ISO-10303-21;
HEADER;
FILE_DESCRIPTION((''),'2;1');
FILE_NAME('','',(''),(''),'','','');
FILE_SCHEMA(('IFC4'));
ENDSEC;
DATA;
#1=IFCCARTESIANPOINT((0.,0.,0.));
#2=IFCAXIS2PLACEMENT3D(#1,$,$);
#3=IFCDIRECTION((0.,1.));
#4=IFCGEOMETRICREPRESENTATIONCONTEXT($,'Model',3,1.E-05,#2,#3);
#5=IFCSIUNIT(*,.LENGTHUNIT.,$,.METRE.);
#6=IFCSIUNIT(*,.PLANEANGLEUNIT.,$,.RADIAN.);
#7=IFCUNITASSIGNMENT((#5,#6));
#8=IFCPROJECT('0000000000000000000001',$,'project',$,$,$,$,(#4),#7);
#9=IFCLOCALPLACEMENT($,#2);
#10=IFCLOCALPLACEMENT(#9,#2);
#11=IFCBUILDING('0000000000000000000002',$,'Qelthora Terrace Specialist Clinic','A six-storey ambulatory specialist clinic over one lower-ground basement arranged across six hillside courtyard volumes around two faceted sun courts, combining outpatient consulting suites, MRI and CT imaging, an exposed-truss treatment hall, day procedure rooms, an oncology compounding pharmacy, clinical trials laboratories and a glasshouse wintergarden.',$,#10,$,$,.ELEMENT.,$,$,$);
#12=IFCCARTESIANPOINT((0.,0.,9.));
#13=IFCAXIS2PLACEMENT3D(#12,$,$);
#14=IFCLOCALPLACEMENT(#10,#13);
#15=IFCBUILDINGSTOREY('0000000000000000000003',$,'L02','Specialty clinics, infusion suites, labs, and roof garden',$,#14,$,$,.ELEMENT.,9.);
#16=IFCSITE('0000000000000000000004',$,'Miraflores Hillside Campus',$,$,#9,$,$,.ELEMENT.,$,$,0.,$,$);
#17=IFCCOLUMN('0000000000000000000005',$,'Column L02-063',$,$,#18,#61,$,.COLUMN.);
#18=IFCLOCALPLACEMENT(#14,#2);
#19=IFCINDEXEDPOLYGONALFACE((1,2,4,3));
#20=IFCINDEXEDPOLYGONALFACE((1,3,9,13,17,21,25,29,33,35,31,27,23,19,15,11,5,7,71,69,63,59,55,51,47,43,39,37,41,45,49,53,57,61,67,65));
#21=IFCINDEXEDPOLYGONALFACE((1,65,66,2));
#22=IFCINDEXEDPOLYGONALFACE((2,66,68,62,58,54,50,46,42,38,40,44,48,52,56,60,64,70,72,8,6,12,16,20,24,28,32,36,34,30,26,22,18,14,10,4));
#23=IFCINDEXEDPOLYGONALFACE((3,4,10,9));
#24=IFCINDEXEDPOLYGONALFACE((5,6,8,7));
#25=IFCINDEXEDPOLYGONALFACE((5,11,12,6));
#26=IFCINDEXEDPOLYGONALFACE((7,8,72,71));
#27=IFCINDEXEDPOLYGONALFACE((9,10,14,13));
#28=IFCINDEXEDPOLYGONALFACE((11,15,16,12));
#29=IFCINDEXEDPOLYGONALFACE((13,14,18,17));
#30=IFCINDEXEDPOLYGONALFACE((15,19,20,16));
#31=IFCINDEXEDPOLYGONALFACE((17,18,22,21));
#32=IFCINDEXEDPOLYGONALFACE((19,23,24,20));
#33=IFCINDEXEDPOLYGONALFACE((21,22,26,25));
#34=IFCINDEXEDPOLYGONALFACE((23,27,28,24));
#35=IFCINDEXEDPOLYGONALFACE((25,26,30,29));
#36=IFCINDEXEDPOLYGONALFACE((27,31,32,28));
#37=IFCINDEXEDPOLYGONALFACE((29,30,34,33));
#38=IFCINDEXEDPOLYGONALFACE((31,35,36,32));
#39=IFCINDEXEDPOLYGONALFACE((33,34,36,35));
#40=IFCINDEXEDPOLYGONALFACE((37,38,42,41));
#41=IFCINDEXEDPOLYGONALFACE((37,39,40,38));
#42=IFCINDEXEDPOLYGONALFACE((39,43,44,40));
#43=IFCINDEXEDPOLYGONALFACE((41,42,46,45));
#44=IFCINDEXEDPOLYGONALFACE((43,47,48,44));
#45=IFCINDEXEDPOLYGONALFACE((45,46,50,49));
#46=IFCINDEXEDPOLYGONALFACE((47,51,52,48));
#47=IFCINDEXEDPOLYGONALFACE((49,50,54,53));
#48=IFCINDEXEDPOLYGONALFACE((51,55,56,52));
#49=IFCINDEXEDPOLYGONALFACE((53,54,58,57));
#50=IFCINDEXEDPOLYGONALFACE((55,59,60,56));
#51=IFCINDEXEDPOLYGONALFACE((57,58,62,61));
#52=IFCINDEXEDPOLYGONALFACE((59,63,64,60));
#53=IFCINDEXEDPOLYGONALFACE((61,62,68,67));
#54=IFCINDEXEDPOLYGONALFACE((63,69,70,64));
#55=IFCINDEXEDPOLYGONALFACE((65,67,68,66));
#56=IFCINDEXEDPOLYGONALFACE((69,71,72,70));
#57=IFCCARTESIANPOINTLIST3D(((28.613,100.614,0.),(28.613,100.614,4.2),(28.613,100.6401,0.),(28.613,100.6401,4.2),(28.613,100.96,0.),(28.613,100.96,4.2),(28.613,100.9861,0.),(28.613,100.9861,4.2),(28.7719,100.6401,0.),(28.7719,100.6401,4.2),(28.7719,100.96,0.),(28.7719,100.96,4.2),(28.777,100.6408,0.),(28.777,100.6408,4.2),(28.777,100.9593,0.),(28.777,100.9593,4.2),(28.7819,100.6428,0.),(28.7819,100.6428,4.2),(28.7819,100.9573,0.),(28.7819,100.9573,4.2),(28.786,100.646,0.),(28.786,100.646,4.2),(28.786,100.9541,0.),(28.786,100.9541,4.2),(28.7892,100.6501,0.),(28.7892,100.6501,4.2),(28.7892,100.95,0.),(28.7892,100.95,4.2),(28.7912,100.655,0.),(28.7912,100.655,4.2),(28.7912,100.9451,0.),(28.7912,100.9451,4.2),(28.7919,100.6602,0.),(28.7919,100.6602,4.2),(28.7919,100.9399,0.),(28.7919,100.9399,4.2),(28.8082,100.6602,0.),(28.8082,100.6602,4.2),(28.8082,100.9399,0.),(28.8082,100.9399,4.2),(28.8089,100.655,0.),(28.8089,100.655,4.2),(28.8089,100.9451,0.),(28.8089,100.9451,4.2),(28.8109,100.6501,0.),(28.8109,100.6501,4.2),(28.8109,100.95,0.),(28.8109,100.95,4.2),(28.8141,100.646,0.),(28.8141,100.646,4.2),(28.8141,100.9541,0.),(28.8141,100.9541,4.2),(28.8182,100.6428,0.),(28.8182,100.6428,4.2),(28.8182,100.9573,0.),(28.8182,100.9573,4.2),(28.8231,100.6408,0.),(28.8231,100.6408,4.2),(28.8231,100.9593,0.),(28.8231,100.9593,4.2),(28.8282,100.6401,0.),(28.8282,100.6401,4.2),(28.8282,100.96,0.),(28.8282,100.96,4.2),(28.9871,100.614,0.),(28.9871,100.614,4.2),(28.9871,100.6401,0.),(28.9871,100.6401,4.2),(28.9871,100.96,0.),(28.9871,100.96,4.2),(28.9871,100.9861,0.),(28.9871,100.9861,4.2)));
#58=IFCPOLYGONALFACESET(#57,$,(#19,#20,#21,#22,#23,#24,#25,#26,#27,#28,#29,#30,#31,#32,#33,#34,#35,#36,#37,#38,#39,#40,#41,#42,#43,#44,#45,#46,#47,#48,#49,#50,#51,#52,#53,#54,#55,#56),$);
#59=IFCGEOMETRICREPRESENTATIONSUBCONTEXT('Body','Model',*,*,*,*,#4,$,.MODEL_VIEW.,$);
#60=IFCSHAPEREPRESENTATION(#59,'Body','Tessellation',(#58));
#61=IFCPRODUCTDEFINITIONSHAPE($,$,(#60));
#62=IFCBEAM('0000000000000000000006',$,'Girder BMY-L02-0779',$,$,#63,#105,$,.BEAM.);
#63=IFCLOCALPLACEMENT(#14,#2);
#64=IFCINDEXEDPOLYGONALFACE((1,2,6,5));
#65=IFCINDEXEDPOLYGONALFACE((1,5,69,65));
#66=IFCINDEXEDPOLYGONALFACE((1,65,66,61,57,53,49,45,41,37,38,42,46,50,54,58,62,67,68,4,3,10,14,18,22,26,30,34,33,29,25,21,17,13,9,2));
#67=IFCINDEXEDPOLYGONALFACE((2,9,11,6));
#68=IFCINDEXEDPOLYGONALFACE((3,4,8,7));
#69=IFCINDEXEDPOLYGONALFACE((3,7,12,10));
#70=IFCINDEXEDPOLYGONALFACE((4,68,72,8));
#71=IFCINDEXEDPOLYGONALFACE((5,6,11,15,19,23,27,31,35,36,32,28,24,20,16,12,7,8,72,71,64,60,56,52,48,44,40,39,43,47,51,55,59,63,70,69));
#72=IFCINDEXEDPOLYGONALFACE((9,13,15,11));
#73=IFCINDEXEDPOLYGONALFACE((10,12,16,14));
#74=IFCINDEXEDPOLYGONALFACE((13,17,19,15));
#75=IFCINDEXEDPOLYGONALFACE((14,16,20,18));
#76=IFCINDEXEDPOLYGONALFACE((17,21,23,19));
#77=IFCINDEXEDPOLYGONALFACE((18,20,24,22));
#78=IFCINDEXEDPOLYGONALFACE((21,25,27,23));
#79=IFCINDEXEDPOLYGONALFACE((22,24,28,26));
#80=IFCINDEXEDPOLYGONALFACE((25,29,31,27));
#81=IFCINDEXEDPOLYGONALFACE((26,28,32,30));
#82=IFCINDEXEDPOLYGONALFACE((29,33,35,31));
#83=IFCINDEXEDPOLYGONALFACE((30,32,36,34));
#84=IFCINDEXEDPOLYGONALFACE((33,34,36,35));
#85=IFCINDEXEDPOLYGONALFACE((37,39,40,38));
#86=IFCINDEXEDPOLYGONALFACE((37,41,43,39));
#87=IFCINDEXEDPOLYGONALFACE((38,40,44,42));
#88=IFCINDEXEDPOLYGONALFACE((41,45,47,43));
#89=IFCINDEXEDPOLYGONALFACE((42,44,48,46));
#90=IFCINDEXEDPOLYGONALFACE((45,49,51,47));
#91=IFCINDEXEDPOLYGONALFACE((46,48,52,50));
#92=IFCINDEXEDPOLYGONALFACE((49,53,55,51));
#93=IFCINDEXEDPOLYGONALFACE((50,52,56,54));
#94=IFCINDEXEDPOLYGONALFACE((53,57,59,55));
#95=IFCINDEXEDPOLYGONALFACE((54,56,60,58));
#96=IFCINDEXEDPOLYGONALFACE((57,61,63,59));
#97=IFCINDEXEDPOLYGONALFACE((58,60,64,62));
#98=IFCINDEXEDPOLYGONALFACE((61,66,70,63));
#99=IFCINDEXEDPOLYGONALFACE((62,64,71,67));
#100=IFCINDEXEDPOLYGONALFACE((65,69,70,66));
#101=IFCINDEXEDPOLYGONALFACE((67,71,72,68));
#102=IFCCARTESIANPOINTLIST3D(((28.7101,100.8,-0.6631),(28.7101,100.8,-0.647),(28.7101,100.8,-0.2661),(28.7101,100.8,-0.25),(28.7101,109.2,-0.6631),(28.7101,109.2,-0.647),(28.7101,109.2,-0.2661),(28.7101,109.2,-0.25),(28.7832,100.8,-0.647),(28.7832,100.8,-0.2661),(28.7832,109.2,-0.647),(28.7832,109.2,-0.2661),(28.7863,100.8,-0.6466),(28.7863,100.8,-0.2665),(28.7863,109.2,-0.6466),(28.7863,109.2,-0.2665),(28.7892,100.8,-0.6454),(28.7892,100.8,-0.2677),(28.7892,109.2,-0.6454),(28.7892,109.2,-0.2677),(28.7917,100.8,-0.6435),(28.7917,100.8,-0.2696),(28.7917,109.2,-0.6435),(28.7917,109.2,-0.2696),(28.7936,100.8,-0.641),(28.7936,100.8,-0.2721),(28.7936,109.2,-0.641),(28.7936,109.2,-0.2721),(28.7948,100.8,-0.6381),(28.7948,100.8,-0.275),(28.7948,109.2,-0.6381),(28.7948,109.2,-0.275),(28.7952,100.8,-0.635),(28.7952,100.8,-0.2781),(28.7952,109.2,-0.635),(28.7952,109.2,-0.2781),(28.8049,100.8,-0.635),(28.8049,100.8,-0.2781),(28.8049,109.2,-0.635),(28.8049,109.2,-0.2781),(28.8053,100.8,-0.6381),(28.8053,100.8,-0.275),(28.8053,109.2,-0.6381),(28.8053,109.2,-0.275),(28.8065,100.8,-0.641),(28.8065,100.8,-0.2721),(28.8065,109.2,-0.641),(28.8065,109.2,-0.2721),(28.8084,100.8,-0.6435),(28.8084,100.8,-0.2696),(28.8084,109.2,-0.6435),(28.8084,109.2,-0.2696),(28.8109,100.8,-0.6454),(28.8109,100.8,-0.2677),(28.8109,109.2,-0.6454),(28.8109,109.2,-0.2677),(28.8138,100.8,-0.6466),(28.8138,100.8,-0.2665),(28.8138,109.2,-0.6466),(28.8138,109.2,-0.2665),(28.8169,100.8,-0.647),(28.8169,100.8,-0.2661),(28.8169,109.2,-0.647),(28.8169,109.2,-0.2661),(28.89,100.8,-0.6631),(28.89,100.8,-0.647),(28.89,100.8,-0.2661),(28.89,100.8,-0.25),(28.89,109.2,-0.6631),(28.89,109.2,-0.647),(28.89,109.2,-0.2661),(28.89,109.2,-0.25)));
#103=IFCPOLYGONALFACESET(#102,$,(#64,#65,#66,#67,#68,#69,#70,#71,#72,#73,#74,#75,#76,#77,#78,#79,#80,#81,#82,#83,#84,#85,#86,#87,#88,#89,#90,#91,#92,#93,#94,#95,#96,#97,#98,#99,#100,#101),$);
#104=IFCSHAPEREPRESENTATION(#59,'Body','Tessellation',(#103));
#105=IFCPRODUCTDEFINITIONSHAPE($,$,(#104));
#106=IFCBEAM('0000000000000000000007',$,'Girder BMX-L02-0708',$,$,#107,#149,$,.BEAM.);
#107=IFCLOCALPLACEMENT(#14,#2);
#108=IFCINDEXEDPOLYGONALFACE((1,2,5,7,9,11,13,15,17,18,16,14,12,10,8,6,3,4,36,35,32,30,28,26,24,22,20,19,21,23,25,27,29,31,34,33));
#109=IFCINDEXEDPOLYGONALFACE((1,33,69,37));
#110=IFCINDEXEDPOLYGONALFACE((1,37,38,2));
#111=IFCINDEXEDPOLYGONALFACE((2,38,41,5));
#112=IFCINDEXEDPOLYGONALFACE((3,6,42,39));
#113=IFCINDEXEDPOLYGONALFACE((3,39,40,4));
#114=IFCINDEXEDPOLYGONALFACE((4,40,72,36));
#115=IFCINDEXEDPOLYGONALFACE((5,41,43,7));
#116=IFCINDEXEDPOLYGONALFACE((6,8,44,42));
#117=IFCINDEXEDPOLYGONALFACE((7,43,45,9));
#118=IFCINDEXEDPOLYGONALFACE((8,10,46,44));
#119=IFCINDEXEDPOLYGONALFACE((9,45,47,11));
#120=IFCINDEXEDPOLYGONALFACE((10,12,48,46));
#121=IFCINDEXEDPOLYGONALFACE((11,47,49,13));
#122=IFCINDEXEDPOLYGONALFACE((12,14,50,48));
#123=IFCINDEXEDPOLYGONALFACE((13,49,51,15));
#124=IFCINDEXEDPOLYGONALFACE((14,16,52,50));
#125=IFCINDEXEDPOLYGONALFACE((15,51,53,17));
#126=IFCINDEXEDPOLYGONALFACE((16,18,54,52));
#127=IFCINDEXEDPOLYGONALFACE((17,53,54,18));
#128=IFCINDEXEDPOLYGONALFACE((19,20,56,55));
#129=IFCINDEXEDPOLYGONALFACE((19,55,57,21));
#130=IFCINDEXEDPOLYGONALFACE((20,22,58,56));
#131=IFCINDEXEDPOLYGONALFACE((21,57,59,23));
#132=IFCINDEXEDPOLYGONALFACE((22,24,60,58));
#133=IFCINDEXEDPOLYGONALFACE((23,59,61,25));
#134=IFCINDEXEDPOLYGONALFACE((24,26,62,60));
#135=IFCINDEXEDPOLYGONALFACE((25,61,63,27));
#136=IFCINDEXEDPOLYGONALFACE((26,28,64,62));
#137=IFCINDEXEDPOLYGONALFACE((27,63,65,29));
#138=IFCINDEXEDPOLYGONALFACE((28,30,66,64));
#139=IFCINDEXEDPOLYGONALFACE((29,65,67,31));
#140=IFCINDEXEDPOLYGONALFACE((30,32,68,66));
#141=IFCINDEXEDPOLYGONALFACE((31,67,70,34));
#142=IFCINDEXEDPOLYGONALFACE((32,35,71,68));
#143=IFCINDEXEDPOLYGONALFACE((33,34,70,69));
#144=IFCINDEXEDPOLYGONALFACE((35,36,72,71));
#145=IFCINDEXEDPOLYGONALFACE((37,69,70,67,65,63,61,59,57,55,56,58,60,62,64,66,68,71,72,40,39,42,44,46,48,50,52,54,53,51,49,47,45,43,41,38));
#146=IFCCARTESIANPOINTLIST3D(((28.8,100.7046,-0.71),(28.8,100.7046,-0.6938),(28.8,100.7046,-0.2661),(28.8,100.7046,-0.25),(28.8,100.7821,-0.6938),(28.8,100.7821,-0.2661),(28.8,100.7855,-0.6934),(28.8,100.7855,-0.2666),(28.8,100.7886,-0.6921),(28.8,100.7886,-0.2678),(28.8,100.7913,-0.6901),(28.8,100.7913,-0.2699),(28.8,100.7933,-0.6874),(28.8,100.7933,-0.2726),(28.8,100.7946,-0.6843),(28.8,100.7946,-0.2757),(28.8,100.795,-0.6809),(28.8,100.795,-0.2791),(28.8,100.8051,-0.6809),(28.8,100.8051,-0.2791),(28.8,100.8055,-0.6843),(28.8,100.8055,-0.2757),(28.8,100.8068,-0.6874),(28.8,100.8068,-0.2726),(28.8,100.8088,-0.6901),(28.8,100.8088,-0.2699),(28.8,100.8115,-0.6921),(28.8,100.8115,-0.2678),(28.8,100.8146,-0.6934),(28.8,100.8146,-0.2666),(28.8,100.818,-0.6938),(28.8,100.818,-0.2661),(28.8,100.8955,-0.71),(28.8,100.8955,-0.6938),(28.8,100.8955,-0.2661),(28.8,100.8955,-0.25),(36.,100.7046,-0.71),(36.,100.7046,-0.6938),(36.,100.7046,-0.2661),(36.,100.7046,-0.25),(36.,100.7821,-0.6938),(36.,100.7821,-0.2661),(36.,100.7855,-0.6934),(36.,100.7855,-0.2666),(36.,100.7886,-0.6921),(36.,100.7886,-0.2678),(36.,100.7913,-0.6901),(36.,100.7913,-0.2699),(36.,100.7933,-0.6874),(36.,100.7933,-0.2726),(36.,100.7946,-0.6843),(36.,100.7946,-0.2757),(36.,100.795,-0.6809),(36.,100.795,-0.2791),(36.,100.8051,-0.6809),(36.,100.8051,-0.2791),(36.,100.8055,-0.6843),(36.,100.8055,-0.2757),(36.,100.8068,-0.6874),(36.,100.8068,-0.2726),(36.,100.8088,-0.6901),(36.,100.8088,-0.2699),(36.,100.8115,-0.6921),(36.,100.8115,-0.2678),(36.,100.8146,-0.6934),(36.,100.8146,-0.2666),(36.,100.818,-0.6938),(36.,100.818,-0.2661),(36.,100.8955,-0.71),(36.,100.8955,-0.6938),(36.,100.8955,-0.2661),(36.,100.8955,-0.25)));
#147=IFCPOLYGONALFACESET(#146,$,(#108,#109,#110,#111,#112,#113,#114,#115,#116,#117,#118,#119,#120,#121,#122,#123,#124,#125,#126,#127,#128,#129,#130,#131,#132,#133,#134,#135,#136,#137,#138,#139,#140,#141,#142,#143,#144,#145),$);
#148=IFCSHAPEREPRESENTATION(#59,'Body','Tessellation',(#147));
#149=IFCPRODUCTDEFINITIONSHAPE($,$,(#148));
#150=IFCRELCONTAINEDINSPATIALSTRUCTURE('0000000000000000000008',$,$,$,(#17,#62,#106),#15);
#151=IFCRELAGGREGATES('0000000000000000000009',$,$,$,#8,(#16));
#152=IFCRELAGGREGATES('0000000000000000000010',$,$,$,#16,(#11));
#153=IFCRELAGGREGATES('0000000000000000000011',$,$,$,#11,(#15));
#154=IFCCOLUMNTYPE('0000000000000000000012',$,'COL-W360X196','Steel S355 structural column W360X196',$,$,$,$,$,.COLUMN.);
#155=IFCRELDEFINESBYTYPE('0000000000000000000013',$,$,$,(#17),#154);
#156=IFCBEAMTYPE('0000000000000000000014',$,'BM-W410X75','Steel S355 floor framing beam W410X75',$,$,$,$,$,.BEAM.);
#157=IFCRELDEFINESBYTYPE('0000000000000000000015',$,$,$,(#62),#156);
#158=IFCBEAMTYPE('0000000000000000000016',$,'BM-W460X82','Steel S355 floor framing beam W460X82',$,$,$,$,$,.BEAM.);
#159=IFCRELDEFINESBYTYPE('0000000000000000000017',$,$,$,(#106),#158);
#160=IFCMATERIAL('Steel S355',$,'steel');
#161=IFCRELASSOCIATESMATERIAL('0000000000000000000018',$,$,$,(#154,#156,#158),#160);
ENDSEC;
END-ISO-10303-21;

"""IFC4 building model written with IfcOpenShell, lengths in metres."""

from ifc_helpers import new_model, si_unit, direction, frame, origin, origin_2d, place, context, subcontext, project, spatial, i_section, extrude, material, material_profile, profile_set, type_object, element, save


model = new_model("IFC4")

# Units and contexts
model_context = context("Model", 3, precision=1e-05, world=origin(), true_north=direction((0.0, 1.0)))
body_context = subcontext(model_context, "Body", "Model", "MODEL_VIEW")
ifc_project = project(units=[si_unit("LENGTHUNIT", "METRE"), si_unit("PLANEANGLEUNIT", "RADIAN")], contexts=[model_context])

# Site, building, storey
site_placement = place(None, origin())
site = spatial("IfcSite", under=ifc_project, at=site_placement, Name="Miraflores Hillside Campus", CompositionType="ELEMENT", RefElevation=0.0)
building_placement = place(site_placement, origin())
building = spatial("IfcBuilding", under=site, at=building_placement, Name="Qelthora Terrace Specialist Clinic", Description="A six-storey ambulatory specialist clinic over one lower-ground basement arranged across six hillside courtyard volumes around two faceted sun courts, combining outpatient consulting suites, MRI and CT imaging, an exposed-truss treatment hall, day procedure rooms, an oncology compounding pharmacy, clinical trials laboratories and a glasshouse wintergarden.", CompositionType="ELEMENT")
storey_placement = place(building_placement, frame((0.0, 0.0, 9.0)))
storey = spatial("IfcBuildingStorey", under=building, at=storey_placement, Name="L02", Description="Specialty clinics, infusion suites, labs, and roof garden", CompositionType="ELEMENT", Elevation=9.0)

# Column
ifc_material_1 = material(Name="Steel S355", Category="steel")
ifc_material_profile_1 = material_profile(ifc_material_1, i_section(OverallWidth=0.374, OverallDepth=0.3721, WebThickness=0.0164, FlangeThickness=0.0261, FilletRadius=0.02, at=origin_2d()), Name="W360X196")
ifc_profile_set_1 = profile_set([ifc_material_profile_1], Name="Steel S355")
column_type_1 = type_object("IfcColumnType", Name="COL-W360X196", Description="Steel S355 structural column W360X196", PredefinedType="COLUMN", material=ifc_profile_set_1)
column_1_placement = place(storey_placement, frame((28.8, 100.8, 0.0), z_axis=(0.0, 0.0, 1.0), x_axis=(1.0, 0.0, 0.0)))
element("IfcColumn", 1, at=column_1_placement, inside=storey, type_object=column_type_1, Name="Column L02-063", PredefinedType="COLUMN", context=body_context, shape_type="SweptSolid", body=[
    extrude(i_section(OverallWidth=0.374, OverallDepth=0.3721, WebThickness=0.0164, FlangeThickness=0.0261, FilletRadius=0.02, at=origin_2d()), origin(), (0.0, 0.0, 1.0), 4.2),
])

# Beams
ifc_material_profile_2 = material_profile(ifc_material_1, i_section(OverallWidth=0.1799, OverallDepth=0.4131, WebThickness=0.0098, FlangeThickness=0.0161, FilletRadius=0.012, at=origin_2d()), Name="W410X75")
ifc_profile_set_2 = profile_set([ifc_material_profile_2], Name="Steel S355")
beam_type_1 = type_object("IfcBeamType", Name="BM-W410X75", Description="Steel S355 floor framing beam W410X75", PredefinedType="BEAM", material=ifc_profile_set_2)
beam_1_placement = place(storey_placement, frame((28.8, 100.8, -0.4565), z_axis=(0.0, 1.0, 0.0), x_axis=(-1.0, 0.0, 0.0)))
element("IfcBeam", 2, at=beam_1_placement, inside=storey, type_object=beam_type_1, Name="Girder BMY-L02-0779", PredefinedType="BEAM", context=body_context, shape_type="SweptSolid", body=[
    extrude(i_section(OverallWidth=0.1799, OverallDepth=0.4131, WebThickness=0.0098, FlangeThickness=0.0161, FilletRadius=0.012, at=origin_2d()), origin(), (0.0, 0.0, 1.0), 8.3999),
])
ifc_material_profile_3 = material_profile(ifc_material_1, i_section(OverallWidth=0.1909, OverallDepth=0.46, WebThickness=0.01, FlangeThickness=0.0161, FilletRadius=0.0129, at=origin_2d()), Name="W460X82")
ifc_profile_set_3 = profile_set([ifc_material_profile_3], Name="Steel S355")
beam_type_2 = type_object("IfcBeamType", Name="BM-W460X82", Description="Steel S355 floor framing beam W460X82", PredefinedType="BEAM", material=ifc_profile_set_3)
beam_2_placement = place(storey_placement, frame((28.8, 100.8, -0.48), z_axis=(1.0, 0.0, 0.0), x_axis=(0.0, 1.0, 0.0)))
element("IfcBeam", 3, at=beam_2_placement, inside=storey, type_object=beam_type_2, Name="Girder BMX-L02-0708", PredefinedType="BEAM", context=body_context, shape_type="SweptSolid", body=[
    extrude(i_section(OverallWidth=0.1909, OverallDepth=0.46, WebThickness=0.01, FlangeThickness=0.0161, FilletRadius=0.0129, at=origin_2d()), origin(), (0.0, 0.0, 1.0), 7.2),
])

save(model, "model.ifc")
